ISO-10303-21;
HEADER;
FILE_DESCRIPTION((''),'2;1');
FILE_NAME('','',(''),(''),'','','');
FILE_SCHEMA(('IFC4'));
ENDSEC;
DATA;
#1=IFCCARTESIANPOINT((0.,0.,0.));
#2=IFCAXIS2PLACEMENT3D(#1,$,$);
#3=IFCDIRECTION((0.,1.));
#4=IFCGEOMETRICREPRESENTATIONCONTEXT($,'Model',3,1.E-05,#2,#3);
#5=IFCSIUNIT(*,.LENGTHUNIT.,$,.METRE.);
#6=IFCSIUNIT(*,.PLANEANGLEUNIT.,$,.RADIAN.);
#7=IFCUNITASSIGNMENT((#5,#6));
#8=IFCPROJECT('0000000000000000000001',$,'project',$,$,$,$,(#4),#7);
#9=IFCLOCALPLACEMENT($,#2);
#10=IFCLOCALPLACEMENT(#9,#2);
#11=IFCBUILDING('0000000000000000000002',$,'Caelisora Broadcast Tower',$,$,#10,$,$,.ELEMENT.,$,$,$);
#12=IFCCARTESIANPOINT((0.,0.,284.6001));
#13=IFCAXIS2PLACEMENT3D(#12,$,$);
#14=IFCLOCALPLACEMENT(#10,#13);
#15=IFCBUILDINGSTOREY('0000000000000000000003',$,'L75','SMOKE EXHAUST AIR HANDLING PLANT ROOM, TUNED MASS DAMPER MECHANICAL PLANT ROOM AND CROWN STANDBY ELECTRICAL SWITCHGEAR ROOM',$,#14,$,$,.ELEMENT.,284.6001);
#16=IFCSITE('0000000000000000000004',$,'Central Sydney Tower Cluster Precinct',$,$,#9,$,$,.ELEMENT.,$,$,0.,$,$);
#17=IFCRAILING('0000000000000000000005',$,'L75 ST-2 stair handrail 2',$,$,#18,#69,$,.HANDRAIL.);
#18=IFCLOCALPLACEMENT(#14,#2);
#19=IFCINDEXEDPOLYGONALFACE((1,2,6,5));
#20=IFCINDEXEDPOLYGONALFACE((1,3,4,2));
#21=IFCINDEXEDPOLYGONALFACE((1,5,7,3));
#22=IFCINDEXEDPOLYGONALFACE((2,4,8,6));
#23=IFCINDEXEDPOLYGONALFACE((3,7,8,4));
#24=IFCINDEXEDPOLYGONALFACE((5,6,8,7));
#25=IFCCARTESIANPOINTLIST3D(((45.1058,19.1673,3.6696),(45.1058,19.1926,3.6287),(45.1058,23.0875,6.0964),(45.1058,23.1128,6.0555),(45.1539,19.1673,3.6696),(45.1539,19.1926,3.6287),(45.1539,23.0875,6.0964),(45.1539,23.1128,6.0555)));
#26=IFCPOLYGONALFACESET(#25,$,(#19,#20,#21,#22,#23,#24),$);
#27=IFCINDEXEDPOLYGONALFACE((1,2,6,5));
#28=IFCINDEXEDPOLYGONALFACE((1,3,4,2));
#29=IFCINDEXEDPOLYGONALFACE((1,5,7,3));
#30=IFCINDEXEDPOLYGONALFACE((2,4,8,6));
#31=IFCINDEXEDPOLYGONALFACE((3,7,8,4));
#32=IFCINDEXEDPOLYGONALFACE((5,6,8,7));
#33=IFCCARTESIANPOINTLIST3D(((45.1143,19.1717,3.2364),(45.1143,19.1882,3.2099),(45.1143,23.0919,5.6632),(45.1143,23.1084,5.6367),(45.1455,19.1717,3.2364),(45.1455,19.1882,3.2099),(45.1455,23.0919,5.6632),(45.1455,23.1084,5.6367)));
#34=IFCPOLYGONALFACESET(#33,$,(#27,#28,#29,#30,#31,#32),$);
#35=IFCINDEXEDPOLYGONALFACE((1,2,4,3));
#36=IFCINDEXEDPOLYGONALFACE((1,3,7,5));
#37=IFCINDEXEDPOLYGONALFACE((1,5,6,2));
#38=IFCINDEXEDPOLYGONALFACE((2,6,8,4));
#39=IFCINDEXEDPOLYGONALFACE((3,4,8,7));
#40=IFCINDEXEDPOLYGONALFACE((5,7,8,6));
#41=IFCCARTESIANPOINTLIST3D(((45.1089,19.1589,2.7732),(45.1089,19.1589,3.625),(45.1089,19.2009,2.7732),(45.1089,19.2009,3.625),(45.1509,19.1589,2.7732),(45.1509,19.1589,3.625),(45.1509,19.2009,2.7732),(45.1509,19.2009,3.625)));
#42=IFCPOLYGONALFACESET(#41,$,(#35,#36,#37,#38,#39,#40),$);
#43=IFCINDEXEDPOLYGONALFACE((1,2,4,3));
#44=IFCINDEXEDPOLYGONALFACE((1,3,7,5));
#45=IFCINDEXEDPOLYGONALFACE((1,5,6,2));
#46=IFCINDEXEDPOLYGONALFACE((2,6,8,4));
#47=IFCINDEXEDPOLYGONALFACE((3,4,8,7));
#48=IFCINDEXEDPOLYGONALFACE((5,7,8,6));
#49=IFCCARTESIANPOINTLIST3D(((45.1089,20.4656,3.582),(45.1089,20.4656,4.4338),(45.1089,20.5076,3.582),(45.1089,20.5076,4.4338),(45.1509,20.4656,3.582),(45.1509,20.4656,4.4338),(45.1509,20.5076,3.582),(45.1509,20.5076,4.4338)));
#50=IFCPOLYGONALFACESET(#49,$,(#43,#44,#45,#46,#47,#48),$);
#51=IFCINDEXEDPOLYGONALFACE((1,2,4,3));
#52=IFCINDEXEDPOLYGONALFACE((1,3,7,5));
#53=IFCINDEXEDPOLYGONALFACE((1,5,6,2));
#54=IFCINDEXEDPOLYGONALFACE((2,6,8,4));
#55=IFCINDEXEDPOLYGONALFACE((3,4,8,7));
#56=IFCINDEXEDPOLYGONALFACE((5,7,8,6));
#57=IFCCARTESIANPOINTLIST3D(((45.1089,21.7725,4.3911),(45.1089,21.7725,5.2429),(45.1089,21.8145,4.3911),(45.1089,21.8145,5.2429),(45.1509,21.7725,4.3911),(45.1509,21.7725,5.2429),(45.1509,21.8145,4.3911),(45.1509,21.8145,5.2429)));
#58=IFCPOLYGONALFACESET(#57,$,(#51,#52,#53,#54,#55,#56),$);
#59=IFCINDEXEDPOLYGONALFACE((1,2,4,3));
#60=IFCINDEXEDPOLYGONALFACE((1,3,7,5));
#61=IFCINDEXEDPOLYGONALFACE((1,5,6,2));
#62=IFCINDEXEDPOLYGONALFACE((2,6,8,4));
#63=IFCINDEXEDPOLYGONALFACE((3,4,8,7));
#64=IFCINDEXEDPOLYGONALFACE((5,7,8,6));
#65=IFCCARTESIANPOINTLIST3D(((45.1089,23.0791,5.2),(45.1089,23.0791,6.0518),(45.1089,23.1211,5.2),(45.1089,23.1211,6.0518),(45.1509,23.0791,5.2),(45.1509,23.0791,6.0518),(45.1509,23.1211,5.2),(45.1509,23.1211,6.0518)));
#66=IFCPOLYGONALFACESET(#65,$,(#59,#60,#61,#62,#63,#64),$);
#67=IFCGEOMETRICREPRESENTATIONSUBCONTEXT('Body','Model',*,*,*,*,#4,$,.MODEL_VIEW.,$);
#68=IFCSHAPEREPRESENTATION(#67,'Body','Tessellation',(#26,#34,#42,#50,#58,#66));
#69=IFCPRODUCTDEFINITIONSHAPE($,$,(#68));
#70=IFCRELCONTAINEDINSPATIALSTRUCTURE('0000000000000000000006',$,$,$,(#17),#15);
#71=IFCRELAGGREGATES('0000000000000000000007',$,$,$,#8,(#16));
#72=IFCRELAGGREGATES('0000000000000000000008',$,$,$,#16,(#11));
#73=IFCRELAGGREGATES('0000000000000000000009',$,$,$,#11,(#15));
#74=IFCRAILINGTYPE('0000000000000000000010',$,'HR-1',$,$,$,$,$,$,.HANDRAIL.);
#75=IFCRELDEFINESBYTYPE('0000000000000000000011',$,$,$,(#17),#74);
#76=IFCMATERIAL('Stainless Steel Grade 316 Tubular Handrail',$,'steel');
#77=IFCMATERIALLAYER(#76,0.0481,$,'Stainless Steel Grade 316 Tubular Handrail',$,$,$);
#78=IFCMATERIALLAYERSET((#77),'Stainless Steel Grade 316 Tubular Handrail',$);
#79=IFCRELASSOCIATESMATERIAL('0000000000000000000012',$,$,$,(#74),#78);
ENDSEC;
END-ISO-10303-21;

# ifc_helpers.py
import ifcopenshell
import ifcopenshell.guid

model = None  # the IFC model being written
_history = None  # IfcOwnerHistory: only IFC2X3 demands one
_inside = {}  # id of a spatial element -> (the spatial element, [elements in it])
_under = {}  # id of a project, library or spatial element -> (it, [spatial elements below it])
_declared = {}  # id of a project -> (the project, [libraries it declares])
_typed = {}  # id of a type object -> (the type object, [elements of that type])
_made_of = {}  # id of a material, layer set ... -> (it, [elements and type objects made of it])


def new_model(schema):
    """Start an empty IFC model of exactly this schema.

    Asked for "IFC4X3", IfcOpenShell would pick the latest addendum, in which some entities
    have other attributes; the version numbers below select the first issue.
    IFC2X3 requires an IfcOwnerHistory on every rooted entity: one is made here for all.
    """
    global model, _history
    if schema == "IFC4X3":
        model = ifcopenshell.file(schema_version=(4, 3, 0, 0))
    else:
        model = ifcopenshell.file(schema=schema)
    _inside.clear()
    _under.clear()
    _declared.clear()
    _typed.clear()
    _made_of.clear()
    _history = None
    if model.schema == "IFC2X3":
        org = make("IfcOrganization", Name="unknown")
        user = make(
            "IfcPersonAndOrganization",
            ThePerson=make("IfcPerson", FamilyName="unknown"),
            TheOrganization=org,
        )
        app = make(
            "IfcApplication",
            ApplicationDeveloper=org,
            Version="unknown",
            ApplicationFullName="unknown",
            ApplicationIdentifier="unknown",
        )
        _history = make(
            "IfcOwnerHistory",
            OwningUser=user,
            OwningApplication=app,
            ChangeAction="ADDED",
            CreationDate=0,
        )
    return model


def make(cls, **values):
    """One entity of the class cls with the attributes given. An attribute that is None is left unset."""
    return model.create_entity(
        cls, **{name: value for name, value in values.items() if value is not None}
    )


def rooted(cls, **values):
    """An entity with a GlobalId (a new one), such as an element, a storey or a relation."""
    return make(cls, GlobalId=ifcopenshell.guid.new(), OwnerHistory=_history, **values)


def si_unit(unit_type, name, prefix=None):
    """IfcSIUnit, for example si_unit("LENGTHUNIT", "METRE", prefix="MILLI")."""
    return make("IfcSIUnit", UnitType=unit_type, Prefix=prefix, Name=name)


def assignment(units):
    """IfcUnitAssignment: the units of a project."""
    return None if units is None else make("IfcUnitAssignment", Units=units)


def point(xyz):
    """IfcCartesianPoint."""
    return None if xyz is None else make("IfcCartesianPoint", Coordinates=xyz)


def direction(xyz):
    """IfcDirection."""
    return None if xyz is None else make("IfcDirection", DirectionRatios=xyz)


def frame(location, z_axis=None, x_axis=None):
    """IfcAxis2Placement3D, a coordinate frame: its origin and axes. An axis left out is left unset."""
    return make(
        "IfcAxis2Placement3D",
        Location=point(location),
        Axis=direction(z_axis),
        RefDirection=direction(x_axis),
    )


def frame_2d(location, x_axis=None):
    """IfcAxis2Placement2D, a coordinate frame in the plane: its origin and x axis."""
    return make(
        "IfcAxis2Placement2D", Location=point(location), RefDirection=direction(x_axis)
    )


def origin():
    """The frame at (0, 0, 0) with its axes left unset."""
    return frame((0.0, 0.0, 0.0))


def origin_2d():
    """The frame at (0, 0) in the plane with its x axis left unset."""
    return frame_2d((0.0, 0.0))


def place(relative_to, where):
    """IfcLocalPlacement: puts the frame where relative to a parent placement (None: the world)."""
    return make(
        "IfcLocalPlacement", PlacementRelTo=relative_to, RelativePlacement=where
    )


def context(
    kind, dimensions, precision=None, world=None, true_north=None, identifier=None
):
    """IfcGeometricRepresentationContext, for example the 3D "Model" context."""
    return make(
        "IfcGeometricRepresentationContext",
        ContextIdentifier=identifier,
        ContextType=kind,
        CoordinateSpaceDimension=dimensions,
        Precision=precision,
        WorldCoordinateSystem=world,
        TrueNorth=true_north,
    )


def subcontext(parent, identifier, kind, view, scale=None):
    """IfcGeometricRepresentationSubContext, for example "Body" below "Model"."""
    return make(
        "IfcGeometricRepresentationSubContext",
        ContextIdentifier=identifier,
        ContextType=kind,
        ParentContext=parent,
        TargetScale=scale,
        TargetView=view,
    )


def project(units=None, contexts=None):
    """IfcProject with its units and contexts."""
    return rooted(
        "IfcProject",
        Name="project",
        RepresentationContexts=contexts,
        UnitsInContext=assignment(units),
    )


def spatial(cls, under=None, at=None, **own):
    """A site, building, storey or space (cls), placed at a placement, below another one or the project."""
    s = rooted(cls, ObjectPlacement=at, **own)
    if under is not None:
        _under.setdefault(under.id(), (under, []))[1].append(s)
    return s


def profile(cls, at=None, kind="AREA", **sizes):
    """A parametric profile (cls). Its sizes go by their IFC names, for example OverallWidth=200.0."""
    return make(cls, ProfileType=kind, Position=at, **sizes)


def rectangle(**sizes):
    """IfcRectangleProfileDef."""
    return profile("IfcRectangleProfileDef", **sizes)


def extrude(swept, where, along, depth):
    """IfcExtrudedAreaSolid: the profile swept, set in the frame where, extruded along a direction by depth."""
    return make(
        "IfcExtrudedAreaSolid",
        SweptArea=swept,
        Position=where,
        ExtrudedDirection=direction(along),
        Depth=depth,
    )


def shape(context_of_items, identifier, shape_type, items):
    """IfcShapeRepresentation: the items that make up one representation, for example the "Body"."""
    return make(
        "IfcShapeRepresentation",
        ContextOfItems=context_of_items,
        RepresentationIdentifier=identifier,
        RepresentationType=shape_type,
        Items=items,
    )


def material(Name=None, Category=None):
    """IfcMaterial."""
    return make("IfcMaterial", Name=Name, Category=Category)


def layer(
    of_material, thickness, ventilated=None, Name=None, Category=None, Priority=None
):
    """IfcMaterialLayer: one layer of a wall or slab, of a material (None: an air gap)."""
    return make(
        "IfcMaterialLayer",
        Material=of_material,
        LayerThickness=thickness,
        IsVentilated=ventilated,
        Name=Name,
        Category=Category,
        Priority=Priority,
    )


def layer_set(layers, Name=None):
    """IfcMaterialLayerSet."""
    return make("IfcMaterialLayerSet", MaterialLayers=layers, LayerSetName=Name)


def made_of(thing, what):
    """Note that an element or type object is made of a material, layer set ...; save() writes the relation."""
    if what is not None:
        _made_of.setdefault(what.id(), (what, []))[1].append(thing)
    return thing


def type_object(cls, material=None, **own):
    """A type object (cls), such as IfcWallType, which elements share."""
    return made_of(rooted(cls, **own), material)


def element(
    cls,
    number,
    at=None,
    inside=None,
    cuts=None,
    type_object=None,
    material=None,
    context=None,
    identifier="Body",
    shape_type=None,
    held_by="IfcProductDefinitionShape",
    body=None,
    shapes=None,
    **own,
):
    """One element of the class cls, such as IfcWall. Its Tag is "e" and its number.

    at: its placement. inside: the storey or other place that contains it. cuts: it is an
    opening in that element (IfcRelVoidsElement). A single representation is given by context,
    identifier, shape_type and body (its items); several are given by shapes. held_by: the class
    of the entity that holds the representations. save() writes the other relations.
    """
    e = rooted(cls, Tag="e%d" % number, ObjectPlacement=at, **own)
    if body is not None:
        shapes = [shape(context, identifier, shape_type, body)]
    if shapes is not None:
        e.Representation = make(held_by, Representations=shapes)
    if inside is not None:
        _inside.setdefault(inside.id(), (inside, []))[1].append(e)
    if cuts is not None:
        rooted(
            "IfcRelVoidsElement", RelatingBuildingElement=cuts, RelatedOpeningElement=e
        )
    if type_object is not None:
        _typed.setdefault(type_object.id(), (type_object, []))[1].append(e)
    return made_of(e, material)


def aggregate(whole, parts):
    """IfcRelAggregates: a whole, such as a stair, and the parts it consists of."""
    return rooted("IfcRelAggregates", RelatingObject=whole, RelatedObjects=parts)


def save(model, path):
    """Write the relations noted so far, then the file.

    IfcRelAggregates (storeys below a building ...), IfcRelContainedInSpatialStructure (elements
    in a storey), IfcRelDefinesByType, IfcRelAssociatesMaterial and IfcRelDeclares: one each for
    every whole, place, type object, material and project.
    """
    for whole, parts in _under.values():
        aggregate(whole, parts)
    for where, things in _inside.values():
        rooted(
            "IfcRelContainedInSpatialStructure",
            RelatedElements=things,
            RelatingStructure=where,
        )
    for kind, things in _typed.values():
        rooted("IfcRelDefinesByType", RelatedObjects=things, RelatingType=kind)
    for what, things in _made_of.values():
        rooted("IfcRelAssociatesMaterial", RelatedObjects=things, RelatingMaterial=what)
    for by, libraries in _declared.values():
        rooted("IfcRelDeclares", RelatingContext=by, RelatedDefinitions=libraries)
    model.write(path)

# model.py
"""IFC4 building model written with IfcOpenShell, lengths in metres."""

from ifc_helpers import new_model, si_unit, direction, frame, origin, origin_2d, place, context, subcontext, project, spatial, rectangle, extrude, material, layer, layer_set, type_object, element, save


model = new_model("IFC4")

# Units and contexts
model_context = context("Model", 3, precision=1e-05, world=origin(), true_north=direction((0.0, 1.0)))
body_context = subcontext(model_context, "Body", "Model", "MODEL_VIEW")
ifc_project = project(units=[si_unit("LENGTHUNIT", "METRE"), si_unit("PLANEANGLEUNIT", "RADIAN")], contexts=[model_context])

# Site, building, storey
site_placement = place(None, origin())
site = spatial("IfcSite", under=ifc_project, at=site_placement, Name="Central Sydney Tower Cluster Precinct", CompositionType="ELEMENT", RefElevation=0.0)
building_placement = place(site_placement, origin())
building = spatial("IfcBuilding", under=site, at=building_placement, Name="Caelisora Broadcast Tower", CompositionType="ELEMENT")
storey_placement = place(building_placement, frame((0.0, 0.0, 284.6001)))
storey = spatial("IfcBuildingStorey", under=building, at=storey_placement, Name="L75", Description="SMOKE EXHAUST AIR HANDLING PLANT ROOM, TUNED MASS DAMPER MECHANICAL PLANT ROOM AND CROWN STANDBY ELECTRICAL SWITCHGEAR ROOM", CompositionType="ELEMENT", Elevation=284.6001)

# Railing
ifc_material_1 = material(Name="Stainless Steel Grade 316 Tubular Handrail", Category="steel")
ifc_layer_1 = layer(ifc_material_1, 0.0481, Name="Stainless Steel Grade 316 Tubular Handrail")
ifc_layer_set_1 = layer_set([ifc_layer_1], Name="Stainless Steel Grade 316 Tubular Handrail")
railing_type = type_object("IfcRailingType", Name="HR-1", PredefinedType="HANDRAIL", material=ifc_layer_set_1)
railing_placement = place(storey_placement, frame((45.1299, 19.1799, 2.7732)))
element("IfcRailing", 1, at=railing_placement, inside=storey, type_object=railing_type, Name="L75 ST-2 stair handrail 2", PredefinedType="HANDRAIL", context=body_context, shape_type="SweptSolid", body=[
    extrude(rectangle(XDim=0.0481, YDim=0.0481, at=origin_2d()), frame((0.0, 0.0, 0.876), z_axis=(0.0, 0.850266, 0.526353), x_axis=(-1.0, 0.0, 0.0)), (0.0, 0.0, 1.0), 4.6106),
    extrude(rectangle(XDim=0.0312, YDim=0.0312, at=origin_2d()), frame((0.0, 0.0, 0.45), z_axis=(0.0, 0.850266, 0.526353), x_axis=(-1.0, 0.0, 0.0)), (0.0, 0.0, 1.0), 4.6106),
    extrude(rectangle(XDim=0.042, YDim=0.042, at=origin_2d()), origin(), (0.0, 0.0, 1.0), 0.8518),
    extrude(rectangle(XDim=0.042, YDim=0.042, at=origin_2d()), frame((0.0, 1.3066, 0.8088)), (0.0, 0.0, 1.0), 0.8518),
    extrude(rectangle(XDim=0.042, YDim=0.042, at=origin_2d()), frame((0.0, 2.6135, 1.6179)), (0.0, 0.0, 1.0), 0.8518),
    extrude(rectangle(XDim=0.042, YDim=0.042, at=origin_2d()), frame((0.0, 3.9202, 2.4268)), (0.0, 0.0, 1.0), 0.8518),
])

save(model, "model.ifc")
